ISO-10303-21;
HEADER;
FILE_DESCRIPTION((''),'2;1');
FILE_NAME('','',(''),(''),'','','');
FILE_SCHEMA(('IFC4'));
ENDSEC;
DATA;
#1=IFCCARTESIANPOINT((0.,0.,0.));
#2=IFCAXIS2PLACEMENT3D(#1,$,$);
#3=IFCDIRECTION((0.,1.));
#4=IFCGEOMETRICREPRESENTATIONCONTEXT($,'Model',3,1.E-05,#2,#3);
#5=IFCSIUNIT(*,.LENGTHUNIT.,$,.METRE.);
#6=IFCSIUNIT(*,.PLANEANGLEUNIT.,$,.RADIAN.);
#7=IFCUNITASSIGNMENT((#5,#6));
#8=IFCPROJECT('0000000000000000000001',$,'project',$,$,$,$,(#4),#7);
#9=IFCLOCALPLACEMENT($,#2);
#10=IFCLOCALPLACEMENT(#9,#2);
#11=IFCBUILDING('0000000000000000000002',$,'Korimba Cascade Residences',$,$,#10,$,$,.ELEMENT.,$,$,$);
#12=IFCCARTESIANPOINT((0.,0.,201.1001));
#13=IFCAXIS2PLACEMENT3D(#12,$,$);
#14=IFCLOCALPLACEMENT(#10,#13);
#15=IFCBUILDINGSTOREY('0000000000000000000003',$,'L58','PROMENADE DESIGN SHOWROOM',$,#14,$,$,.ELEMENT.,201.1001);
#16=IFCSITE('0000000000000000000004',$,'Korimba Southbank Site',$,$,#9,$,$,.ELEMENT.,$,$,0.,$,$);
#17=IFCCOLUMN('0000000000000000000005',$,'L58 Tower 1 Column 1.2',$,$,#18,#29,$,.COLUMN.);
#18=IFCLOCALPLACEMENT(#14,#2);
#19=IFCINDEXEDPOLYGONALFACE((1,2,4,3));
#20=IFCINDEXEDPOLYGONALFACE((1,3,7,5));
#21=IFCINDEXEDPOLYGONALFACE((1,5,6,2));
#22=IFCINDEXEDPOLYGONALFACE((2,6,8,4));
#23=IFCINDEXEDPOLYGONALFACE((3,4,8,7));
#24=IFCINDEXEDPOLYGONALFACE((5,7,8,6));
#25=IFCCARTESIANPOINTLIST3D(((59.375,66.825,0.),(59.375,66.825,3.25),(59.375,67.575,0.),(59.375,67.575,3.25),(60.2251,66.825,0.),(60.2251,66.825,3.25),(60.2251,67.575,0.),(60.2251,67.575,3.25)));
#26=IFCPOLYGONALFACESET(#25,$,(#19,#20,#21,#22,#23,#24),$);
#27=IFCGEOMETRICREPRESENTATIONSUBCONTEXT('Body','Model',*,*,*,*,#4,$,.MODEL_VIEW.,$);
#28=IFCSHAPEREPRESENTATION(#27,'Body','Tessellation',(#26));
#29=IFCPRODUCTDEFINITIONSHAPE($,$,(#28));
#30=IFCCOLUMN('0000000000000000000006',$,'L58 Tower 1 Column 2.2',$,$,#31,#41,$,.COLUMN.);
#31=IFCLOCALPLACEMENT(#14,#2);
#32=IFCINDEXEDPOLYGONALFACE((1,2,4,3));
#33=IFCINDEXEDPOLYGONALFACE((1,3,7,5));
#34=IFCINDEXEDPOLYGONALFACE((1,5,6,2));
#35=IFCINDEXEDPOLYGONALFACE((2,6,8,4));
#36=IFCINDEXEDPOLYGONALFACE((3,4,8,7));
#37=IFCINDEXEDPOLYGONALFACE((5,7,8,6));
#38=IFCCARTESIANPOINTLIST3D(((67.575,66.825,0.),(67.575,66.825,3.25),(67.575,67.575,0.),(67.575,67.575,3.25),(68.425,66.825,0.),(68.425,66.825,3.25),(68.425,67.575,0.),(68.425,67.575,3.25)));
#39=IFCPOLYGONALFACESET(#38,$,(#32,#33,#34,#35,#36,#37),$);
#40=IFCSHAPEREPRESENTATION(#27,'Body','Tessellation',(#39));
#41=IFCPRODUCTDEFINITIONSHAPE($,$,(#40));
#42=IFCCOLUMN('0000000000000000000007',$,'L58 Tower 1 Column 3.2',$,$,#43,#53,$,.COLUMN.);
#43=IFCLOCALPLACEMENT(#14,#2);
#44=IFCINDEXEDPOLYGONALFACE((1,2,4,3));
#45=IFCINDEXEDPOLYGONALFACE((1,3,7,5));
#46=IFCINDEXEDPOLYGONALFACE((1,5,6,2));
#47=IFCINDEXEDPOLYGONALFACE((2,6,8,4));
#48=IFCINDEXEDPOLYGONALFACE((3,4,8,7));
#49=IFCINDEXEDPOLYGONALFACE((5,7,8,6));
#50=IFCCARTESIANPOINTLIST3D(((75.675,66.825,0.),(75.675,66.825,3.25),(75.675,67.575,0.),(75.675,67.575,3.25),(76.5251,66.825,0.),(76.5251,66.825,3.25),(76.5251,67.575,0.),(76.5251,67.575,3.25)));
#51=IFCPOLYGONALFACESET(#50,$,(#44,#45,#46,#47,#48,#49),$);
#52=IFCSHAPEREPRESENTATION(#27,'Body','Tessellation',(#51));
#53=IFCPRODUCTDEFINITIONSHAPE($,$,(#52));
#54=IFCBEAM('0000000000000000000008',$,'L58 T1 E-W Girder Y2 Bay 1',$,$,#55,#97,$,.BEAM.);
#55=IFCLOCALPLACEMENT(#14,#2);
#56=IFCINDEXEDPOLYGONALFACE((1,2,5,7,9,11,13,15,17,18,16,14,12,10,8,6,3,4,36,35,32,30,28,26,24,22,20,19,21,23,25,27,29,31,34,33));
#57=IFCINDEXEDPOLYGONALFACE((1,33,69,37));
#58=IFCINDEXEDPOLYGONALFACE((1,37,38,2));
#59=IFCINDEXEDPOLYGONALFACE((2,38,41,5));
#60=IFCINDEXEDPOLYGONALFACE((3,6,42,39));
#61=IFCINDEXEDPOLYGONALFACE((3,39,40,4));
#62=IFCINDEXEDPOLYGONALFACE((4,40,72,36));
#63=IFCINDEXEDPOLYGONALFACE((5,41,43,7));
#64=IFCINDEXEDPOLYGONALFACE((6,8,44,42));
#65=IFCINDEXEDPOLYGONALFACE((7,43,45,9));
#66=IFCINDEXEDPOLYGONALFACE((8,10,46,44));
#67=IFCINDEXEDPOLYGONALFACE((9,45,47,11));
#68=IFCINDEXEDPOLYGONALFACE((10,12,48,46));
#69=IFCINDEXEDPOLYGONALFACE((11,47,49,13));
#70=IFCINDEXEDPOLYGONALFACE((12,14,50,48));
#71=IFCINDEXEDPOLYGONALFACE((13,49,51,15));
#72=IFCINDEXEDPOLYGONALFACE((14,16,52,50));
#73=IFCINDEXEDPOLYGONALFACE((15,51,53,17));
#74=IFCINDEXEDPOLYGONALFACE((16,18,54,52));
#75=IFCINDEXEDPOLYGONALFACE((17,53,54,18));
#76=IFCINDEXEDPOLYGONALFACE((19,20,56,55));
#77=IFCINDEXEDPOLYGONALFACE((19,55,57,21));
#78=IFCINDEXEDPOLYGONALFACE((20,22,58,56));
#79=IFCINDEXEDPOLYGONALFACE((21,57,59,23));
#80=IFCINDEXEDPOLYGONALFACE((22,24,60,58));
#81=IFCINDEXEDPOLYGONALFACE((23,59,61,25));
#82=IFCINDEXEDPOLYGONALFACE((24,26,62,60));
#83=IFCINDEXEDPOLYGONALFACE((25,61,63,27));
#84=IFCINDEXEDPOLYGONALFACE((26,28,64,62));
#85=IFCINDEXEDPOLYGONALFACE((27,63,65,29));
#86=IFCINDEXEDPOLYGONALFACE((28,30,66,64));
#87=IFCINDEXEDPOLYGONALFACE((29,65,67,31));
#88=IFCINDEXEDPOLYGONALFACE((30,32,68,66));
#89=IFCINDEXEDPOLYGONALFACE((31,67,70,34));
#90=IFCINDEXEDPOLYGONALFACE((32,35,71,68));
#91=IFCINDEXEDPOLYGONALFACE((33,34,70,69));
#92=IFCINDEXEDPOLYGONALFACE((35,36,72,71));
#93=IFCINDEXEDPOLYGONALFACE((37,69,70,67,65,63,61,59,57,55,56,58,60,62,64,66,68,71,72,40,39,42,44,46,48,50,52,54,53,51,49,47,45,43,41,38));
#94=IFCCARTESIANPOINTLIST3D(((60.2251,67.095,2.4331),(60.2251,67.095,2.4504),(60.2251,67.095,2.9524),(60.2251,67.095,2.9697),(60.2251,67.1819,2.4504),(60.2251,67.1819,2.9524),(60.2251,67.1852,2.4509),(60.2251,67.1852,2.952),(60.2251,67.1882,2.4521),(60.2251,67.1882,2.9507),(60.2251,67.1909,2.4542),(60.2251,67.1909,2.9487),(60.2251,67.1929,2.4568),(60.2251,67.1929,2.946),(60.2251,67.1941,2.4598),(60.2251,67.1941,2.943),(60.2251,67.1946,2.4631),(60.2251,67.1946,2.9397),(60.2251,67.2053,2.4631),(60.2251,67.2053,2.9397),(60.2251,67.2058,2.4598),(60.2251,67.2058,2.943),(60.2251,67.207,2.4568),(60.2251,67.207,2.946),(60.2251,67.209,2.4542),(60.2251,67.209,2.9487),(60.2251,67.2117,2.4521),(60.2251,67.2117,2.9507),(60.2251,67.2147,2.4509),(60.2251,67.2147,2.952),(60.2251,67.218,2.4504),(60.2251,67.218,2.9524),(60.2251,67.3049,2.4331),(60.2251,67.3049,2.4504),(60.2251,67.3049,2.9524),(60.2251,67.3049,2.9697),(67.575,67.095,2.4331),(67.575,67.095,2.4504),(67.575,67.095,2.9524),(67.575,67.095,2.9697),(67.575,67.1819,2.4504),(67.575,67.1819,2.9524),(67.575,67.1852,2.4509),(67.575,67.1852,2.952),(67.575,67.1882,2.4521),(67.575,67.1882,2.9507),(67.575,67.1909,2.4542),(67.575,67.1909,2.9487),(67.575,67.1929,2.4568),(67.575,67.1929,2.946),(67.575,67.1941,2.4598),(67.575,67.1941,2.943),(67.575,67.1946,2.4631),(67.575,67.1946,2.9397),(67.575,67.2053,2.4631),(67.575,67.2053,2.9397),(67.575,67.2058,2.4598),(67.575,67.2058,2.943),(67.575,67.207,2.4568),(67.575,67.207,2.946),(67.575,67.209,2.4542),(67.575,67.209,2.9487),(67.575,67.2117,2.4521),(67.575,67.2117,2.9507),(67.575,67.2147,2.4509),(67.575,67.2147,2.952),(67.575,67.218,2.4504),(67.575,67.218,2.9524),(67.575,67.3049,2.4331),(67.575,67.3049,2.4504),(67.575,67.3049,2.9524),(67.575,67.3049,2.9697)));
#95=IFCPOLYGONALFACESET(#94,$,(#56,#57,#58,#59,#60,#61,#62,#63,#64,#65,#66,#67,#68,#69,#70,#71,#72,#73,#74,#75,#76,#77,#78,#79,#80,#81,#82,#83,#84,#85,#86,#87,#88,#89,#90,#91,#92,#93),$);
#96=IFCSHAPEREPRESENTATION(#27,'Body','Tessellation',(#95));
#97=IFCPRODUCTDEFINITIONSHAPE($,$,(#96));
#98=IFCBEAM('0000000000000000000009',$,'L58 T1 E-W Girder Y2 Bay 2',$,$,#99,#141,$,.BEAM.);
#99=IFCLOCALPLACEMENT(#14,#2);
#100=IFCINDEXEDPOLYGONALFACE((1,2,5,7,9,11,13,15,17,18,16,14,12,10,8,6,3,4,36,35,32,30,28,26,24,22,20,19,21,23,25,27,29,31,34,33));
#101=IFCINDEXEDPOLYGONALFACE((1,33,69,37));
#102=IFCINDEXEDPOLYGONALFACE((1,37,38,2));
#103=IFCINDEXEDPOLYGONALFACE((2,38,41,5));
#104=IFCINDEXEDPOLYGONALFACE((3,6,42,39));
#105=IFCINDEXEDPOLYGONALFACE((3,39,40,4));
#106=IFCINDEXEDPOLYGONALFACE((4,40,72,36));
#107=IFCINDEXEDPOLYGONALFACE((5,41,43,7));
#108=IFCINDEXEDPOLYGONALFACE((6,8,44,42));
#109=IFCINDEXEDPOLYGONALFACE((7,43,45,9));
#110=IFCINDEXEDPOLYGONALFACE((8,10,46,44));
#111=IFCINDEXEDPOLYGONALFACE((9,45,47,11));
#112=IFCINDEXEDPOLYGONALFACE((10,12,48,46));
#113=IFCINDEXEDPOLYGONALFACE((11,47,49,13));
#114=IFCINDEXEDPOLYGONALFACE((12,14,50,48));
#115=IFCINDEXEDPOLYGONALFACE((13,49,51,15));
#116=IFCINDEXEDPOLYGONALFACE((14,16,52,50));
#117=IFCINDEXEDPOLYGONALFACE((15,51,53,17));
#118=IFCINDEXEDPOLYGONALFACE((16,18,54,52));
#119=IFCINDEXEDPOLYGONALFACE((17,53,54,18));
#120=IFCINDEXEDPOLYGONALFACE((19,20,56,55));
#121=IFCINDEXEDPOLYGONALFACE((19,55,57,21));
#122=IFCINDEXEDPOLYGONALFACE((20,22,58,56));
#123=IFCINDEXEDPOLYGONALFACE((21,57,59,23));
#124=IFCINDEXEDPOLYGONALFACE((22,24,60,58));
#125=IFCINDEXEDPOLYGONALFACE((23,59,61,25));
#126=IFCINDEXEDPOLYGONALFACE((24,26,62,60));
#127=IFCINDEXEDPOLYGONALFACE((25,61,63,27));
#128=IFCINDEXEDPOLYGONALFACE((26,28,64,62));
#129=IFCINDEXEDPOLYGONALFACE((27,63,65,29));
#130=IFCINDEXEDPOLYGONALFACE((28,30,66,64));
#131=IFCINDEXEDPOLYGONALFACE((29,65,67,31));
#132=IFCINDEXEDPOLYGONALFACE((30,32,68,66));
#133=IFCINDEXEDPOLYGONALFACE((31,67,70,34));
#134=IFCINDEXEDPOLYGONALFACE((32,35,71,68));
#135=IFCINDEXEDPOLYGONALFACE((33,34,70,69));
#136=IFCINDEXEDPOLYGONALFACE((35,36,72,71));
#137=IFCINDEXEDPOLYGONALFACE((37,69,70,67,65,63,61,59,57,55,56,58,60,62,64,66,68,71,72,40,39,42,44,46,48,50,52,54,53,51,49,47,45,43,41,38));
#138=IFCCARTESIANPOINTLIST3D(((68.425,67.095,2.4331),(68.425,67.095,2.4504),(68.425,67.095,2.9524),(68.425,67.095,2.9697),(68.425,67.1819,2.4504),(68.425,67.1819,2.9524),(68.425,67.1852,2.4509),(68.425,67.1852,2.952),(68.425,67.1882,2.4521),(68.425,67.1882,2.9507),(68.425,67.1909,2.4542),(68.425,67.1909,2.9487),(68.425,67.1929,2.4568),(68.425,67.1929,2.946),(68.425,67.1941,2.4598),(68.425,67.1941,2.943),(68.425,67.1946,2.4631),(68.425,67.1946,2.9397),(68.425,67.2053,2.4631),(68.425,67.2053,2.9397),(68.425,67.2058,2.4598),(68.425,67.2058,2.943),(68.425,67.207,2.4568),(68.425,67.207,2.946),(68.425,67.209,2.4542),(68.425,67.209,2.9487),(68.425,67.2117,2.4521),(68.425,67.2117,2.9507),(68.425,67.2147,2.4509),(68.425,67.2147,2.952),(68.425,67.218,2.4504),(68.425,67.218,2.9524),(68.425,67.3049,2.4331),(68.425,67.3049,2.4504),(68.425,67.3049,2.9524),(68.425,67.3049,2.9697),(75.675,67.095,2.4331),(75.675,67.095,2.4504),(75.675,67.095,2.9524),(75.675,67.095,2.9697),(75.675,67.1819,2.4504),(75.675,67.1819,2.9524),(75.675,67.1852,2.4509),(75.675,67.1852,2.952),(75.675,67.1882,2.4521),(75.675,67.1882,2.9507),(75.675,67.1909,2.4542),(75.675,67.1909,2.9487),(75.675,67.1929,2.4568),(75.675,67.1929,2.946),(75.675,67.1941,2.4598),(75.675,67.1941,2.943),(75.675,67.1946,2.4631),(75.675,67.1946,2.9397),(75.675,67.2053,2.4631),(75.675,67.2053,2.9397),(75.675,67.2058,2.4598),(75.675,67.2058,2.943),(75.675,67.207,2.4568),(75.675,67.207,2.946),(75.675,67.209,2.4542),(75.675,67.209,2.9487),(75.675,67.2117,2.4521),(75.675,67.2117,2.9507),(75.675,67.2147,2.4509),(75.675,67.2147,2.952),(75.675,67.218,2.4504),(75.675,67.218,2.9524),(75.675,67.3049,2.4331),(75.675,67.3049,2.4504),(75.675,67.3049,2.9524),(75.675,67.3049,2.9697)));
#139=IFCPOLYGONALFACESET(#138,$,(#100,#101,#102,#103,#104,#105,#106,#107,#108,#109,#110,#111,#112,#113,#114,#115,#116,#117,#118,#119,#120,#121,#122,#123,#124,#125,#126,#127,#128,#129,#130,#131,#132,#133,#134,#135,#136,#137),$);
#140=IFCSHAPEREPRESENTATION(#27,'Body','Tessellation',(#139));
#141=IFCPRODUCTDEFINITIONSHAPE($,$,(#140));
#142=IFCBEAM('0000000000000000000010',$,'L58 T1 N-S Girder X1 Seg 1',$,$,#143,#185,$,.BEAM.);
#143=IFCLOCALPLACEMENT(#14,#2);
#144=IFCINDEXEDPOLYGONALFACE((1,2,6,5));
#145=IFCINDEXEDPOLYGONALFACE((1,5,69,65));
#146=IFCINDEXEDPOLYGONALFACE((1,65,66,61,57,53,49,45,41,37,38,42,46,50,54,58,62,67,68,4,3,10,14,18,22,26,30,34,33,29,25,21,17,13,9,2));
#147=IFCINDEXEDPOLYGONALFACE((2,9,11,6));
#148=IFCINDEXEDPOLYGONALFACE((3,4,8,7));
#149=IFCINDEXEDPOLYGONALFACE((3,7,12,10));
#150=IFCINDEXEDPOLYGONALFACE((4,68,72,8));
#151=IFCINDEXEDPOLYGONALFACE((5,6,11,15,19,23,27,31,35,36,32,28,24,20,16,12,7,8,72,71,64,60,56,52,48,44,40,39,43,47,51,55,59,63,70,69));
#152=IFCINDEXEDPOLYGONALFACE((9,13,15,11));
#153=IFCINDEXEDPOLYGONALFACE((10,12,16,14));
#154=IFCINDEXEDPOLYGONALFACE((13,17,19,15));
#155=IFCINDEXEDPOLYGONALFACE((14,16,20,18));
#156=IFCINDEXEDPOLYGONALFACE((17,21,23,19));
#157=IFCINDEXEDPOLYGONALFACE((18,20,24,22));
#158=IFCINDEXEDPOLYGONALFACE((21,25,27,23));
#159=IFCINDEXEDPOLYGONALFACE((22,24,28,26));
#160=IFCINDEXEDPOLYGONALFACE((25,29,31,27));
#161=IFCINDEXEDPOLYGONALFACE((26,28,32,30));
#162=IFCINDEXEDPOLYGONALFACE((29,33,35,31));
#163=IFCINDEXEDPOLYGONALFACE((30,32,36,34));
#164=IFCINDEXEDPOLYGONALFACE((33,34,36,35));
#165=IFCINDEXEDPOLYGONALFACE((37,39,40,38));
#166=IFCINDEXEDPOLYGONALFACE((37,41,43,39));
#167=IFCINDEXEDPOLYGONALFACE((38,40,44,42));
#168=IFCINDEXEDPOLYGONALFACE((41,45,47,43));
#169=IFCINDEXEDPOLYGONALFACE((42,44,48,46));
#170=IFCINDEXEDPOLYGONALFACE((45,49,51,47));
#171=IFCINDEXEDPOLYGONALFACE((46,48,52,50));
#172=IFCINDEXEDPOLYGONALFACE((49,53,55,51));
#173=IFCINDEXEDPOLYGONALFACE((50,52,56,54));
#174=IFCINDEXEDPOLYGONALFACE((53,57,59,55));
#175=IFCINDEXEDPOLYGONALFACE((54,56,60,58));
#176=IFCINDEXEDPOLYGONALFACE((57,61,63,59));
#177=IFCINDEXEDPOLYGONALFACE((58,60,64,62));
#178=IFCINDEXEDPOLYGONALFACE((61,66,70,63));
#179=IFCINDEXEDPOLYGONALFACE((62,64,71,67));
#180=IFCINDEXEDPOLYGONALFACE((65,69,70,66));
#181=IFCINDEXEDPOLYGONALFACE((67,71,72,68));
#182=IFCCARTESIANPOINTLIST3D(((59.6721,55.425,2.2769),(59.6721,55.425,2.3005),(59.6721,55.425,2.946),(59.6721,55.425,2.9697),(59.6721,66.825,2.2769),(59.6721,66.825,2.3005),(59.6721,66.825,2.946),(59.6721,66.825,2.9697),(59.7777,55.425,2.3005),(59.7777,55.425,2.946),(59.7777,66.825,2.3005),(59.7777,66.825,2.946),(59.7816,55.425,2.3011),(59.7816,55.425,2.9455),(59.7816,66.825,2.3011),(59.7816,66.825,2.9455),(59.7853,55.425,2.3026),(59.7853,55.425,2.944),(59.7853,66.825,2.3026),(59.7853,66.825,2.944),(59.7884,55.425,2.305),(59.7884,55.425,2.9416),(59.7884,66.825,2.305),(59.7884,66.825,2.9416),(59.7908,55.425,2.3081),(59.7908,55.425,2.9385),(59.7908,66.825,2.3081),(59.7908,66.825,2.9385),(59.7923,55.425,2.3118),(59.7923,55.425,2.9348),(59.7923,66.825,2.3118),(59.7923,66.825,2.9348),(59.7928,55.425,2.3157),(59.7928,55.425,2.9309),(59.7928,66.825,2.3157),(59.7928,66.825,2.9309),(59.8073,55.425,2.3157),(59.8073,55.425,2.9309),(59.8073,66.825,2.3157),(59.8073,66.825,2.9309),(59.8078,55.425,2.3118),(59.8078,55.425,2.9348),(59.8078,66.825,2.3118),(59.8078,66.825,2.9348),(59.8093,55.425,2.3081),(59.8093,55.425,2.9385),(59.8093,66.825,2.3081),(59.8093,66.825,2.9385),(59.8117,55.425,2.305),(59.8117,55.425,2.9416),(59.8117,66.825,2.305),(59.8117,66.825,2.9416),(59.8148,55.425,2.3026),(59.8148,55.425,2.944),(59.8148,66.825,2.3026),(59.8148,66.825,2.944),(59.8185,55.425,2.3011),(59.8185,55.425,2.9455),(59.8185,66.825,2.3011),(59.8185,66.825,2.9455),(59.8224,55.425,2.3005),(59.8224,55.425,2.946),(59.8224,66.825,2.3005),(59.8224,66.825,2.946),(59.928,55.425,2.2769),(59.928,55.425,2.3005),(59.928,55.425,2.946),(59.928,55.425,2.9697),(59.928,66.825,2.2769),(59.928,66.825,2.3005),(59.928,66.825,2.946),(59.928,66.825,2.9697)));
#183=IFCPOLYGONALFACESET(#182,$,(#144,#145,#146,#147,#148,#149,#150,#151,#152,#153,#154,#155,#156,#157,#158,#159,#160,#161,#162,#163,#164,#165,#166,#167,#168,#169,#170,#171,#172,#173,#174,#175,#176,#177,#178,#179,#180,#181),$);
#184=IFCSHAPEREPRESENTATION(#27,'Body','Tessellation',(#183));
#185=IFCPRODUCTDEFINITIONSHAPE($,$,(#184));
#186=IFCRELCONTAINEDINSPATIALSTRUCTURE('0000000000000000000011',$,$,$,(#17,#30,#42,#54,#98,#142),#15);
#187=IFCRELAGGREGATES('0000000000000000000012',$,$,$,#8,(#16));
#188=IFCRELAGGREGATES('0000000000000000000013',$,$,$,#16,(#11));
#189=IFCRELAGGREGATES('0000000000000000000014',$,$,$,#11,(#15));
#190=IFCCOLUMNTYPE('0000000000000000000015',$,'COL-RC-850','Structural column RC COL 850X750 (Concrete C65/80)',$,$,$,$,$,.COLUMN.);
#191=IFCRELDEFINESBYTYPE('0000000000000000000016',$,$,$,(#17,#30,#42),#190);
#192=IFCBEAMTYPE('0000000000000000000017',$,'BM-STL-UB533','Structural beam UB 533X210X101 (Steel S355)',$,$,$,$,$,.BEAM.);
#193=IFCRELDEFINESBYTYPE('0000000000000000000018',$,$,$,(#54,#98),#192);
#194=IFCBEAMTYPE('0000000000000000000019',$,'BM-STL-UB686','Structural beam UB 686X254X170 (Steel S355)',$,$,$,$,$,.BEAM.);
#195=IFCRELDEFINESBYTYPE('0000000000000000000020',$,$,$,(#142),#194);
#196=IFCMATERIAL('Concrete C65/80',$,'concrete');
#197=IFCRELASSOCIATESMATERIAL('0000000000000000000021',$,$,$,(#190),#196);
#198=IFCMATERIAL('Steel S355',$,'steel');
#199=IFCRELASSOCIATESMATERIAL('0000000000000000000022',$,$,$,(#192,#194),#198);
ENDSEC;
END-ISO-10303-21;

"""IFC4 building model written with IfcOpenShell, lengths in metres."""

from ifc_helpers import new_model, si_unit, direction, frame, origin, origin_2d, place, context, subcontext, project, spatial, rectangle, i_section, extrude, material, material_profile, profile_set, type_object, element, save


model = new_model("IFC4")

# Units and contexts
model_context = context("Model", 3, precision=1e-05, world=origin(), true_north=direction((0.0, 1.0)))
body_context = subcontext(model_context, "Body", "Model", "MODEL_VIEW")
ifc_project = project(units=[si_unit("LENGTHUNIT", "METRE"), si_unit("PLANEANGLEUNIT", "RADIAN")], contexts=[model_context])

# Site, building, storey
site_placement = place(None, origin())
site = spatial("IfcSite", under=ifc_project, at=site_placement, Name="Korimba Southbank Site", CompositionType="ELEMENT", RefElevation=0.0)
building_placement = place(site_placement, origin())
building = spatial("IfcBuilding", under=site, at=building_placement, Name="Korimba Cascade Residences", CompositionType="ELEMENT")
storey_placement = place(building_placement, frame((0.0, 0.0, 201.1001)))
storey = spatial("IfcBuildingStorey", under=building, at=storey_placement, Name="L58", Description="PROMENADE DESIGN SHOWROOM", CompositionType="ELEMENT", Elevation=201.1001)

# Columns
ifc_material_1 = material(Name="Concrete C65/80", Category="concrete")
ifc_material_profile_1 = material_profile(ifc_material_1, rectangle(XDim=0.8501, YDim=0.75, at=origin_2d()), Name="Concrete C65/80")
ifc_profile_set_1 = profile_set([ifc_material_profile_1], Name="Concrete C65/80")
column_type = type_object("IfcColumnType", Name="COL-RC-850", Description="Structural column RC COL 850X750 (Concrete C65/80)", PredefinedType="COLUMN", material=ifc_profile_set_1)
for number, where, z_axis, x_axis, name in (
    (1, (59.8, 67.2, 0.0), (0.0, 0.0, 1.0), (1.0, 0.0, 0.0), "L58 Tower 1 Column 1.2"),
    (2, (68.0, 67.2, 0.0), (0.0, 0.0, 1.0), (1.0, 0.0, 0.0), "L58 Tower 1 Column 2.2"),
    (3, (76.1001, 67.2, 0.0), (0.0, 0.0, 1.0), (1.0, 0.0, 0.0), "L58 Tower 1 Column 3.2"),
):
    element("IfcColumn", number, at=place(storey_placement, frame(where, z_axis=z_axis, x_axis=x_axis)), inside=storey, type_object=column_type, Name=name, PredefinedType="COLUMN", context=body_context, shape_type="SweptSolid", body=[
        extrude(rectangle(XDim=0.8501, YDim=0.75, at=origin_2d()), origin(), (0.0, 0.0, 1.0), 3.25),
    ])

# Beams
ifc_material_2 = material(Name="Steel S355", Category="steel")
ifc_material_profile_2 = material_profile(ifc_material_2, i_section(OverallWidth=0.21, OverallDepth=0.5366, WebThickness=0.0107, FlangeThickness=0.0173, FilletRadius=0.0127, at=origin_2d()), Name="Steel S355")
ifc_profile_set_2 = profile_set([ifc_material_profile_2], Name="Steel S355")
beam_type_1 = type_object("IfcBeamType", Name="BM-STL-UB533", Description="Structural beam UB 533X210X101 (Steel S355)", PredefinedType="BEAM", material=ifc_profile_set_2)
beam_1_placement = place(storey_placement, frame((60.2251, 67.2, 2.7014), z_axis=(1.0, 0.0, 0.0), x_axis=(0.0, 1.0, 0.0)))
element("IfcBeam", 4, at=beam_1_placement, inside=storey, type_object=beam_type_1, Name="L58 T1 E-W Girder Y2 Bay 1", PredefinedType="BEAM", context=body_context, shape_type="SweptSolid", body=[
    extrude(i_section(OverallWidth=0.21, OverallDepth=0.5366, WebThickness=0.0107, FlangeThickness=0.0173, FilletRadius=0.0127, at=origin_2d()), origin(), (0.0, 0.0, 1.0), 7.3499),
])
beam_2_placement = place(storey_placement, frame((68.425, 67.2, 2.7014), z_axis=(1.0, 0.0, 0.0), x_axis=(0.0, 1.0, 0.0)))
element("IfcBeam", 5, at=beam_2_placement, inside=storey, type_object=beam_type_1, Name="L58 T1 E-W Girder Y2 Bay 2", PredefinedType="BEAM", context=body_context, shape_type="SweptSolid", body=[
    extrude(i_section(OverallWidth=0.21, OverallDepth=0.5366, WebThickness=0.0107, FlangeThickness=0.0173, FilletRadius=0.0127, at=origin_2d()), origin(), (0.0, 0.0, 1.0), 7.25),
])
ifc_material_profile_3 = material_profile(ifc_material_2, i_section(OverallWidth=0.2559, OverallDepth=0.6929, WebThickness=0.0144, FlangeThickness=0.0237, FilletRadius=0.0151, at=origin_2d()), Name="Steel S355")
ifc_profile_set_3 = profile_set([ifc_material_profile_3], Name="Steel S355")
beam_type_2 = type_object("IfcBeamType", Name="BM-STL-UB686", Description="Structural beam UB 686X254X170 (Steel S355)", PredefinedType="BEAM", material=ifc_profile_set_3)
beam_3_placement = place(storey_placement, frame((59.8, 55.425, 2.6233), z_axis=(0.0, 1.0, 0.0), x_axis=(-1.0, 0.0, 0.0)))
element("IfcBeam", 6, at=beam_3_placement, inside=storey, type_object=beam_type_2, Name="L58 T1 N-S Girder X1 Seg 1", PredefinedType="BEAM", context=body_context, shape_type="SweptSolid", body=[
    extrude(i_section(OverallWidth=0.2559, OverallDepth=0.6929, WebThickness=0.0144, FlangeThickness=0.0237, FilletRadius=0.0151, at=origin_2d()), origin(), (0.0, 0.0, 1.0), 11.3999),
])

save(model, "model.ifc")
